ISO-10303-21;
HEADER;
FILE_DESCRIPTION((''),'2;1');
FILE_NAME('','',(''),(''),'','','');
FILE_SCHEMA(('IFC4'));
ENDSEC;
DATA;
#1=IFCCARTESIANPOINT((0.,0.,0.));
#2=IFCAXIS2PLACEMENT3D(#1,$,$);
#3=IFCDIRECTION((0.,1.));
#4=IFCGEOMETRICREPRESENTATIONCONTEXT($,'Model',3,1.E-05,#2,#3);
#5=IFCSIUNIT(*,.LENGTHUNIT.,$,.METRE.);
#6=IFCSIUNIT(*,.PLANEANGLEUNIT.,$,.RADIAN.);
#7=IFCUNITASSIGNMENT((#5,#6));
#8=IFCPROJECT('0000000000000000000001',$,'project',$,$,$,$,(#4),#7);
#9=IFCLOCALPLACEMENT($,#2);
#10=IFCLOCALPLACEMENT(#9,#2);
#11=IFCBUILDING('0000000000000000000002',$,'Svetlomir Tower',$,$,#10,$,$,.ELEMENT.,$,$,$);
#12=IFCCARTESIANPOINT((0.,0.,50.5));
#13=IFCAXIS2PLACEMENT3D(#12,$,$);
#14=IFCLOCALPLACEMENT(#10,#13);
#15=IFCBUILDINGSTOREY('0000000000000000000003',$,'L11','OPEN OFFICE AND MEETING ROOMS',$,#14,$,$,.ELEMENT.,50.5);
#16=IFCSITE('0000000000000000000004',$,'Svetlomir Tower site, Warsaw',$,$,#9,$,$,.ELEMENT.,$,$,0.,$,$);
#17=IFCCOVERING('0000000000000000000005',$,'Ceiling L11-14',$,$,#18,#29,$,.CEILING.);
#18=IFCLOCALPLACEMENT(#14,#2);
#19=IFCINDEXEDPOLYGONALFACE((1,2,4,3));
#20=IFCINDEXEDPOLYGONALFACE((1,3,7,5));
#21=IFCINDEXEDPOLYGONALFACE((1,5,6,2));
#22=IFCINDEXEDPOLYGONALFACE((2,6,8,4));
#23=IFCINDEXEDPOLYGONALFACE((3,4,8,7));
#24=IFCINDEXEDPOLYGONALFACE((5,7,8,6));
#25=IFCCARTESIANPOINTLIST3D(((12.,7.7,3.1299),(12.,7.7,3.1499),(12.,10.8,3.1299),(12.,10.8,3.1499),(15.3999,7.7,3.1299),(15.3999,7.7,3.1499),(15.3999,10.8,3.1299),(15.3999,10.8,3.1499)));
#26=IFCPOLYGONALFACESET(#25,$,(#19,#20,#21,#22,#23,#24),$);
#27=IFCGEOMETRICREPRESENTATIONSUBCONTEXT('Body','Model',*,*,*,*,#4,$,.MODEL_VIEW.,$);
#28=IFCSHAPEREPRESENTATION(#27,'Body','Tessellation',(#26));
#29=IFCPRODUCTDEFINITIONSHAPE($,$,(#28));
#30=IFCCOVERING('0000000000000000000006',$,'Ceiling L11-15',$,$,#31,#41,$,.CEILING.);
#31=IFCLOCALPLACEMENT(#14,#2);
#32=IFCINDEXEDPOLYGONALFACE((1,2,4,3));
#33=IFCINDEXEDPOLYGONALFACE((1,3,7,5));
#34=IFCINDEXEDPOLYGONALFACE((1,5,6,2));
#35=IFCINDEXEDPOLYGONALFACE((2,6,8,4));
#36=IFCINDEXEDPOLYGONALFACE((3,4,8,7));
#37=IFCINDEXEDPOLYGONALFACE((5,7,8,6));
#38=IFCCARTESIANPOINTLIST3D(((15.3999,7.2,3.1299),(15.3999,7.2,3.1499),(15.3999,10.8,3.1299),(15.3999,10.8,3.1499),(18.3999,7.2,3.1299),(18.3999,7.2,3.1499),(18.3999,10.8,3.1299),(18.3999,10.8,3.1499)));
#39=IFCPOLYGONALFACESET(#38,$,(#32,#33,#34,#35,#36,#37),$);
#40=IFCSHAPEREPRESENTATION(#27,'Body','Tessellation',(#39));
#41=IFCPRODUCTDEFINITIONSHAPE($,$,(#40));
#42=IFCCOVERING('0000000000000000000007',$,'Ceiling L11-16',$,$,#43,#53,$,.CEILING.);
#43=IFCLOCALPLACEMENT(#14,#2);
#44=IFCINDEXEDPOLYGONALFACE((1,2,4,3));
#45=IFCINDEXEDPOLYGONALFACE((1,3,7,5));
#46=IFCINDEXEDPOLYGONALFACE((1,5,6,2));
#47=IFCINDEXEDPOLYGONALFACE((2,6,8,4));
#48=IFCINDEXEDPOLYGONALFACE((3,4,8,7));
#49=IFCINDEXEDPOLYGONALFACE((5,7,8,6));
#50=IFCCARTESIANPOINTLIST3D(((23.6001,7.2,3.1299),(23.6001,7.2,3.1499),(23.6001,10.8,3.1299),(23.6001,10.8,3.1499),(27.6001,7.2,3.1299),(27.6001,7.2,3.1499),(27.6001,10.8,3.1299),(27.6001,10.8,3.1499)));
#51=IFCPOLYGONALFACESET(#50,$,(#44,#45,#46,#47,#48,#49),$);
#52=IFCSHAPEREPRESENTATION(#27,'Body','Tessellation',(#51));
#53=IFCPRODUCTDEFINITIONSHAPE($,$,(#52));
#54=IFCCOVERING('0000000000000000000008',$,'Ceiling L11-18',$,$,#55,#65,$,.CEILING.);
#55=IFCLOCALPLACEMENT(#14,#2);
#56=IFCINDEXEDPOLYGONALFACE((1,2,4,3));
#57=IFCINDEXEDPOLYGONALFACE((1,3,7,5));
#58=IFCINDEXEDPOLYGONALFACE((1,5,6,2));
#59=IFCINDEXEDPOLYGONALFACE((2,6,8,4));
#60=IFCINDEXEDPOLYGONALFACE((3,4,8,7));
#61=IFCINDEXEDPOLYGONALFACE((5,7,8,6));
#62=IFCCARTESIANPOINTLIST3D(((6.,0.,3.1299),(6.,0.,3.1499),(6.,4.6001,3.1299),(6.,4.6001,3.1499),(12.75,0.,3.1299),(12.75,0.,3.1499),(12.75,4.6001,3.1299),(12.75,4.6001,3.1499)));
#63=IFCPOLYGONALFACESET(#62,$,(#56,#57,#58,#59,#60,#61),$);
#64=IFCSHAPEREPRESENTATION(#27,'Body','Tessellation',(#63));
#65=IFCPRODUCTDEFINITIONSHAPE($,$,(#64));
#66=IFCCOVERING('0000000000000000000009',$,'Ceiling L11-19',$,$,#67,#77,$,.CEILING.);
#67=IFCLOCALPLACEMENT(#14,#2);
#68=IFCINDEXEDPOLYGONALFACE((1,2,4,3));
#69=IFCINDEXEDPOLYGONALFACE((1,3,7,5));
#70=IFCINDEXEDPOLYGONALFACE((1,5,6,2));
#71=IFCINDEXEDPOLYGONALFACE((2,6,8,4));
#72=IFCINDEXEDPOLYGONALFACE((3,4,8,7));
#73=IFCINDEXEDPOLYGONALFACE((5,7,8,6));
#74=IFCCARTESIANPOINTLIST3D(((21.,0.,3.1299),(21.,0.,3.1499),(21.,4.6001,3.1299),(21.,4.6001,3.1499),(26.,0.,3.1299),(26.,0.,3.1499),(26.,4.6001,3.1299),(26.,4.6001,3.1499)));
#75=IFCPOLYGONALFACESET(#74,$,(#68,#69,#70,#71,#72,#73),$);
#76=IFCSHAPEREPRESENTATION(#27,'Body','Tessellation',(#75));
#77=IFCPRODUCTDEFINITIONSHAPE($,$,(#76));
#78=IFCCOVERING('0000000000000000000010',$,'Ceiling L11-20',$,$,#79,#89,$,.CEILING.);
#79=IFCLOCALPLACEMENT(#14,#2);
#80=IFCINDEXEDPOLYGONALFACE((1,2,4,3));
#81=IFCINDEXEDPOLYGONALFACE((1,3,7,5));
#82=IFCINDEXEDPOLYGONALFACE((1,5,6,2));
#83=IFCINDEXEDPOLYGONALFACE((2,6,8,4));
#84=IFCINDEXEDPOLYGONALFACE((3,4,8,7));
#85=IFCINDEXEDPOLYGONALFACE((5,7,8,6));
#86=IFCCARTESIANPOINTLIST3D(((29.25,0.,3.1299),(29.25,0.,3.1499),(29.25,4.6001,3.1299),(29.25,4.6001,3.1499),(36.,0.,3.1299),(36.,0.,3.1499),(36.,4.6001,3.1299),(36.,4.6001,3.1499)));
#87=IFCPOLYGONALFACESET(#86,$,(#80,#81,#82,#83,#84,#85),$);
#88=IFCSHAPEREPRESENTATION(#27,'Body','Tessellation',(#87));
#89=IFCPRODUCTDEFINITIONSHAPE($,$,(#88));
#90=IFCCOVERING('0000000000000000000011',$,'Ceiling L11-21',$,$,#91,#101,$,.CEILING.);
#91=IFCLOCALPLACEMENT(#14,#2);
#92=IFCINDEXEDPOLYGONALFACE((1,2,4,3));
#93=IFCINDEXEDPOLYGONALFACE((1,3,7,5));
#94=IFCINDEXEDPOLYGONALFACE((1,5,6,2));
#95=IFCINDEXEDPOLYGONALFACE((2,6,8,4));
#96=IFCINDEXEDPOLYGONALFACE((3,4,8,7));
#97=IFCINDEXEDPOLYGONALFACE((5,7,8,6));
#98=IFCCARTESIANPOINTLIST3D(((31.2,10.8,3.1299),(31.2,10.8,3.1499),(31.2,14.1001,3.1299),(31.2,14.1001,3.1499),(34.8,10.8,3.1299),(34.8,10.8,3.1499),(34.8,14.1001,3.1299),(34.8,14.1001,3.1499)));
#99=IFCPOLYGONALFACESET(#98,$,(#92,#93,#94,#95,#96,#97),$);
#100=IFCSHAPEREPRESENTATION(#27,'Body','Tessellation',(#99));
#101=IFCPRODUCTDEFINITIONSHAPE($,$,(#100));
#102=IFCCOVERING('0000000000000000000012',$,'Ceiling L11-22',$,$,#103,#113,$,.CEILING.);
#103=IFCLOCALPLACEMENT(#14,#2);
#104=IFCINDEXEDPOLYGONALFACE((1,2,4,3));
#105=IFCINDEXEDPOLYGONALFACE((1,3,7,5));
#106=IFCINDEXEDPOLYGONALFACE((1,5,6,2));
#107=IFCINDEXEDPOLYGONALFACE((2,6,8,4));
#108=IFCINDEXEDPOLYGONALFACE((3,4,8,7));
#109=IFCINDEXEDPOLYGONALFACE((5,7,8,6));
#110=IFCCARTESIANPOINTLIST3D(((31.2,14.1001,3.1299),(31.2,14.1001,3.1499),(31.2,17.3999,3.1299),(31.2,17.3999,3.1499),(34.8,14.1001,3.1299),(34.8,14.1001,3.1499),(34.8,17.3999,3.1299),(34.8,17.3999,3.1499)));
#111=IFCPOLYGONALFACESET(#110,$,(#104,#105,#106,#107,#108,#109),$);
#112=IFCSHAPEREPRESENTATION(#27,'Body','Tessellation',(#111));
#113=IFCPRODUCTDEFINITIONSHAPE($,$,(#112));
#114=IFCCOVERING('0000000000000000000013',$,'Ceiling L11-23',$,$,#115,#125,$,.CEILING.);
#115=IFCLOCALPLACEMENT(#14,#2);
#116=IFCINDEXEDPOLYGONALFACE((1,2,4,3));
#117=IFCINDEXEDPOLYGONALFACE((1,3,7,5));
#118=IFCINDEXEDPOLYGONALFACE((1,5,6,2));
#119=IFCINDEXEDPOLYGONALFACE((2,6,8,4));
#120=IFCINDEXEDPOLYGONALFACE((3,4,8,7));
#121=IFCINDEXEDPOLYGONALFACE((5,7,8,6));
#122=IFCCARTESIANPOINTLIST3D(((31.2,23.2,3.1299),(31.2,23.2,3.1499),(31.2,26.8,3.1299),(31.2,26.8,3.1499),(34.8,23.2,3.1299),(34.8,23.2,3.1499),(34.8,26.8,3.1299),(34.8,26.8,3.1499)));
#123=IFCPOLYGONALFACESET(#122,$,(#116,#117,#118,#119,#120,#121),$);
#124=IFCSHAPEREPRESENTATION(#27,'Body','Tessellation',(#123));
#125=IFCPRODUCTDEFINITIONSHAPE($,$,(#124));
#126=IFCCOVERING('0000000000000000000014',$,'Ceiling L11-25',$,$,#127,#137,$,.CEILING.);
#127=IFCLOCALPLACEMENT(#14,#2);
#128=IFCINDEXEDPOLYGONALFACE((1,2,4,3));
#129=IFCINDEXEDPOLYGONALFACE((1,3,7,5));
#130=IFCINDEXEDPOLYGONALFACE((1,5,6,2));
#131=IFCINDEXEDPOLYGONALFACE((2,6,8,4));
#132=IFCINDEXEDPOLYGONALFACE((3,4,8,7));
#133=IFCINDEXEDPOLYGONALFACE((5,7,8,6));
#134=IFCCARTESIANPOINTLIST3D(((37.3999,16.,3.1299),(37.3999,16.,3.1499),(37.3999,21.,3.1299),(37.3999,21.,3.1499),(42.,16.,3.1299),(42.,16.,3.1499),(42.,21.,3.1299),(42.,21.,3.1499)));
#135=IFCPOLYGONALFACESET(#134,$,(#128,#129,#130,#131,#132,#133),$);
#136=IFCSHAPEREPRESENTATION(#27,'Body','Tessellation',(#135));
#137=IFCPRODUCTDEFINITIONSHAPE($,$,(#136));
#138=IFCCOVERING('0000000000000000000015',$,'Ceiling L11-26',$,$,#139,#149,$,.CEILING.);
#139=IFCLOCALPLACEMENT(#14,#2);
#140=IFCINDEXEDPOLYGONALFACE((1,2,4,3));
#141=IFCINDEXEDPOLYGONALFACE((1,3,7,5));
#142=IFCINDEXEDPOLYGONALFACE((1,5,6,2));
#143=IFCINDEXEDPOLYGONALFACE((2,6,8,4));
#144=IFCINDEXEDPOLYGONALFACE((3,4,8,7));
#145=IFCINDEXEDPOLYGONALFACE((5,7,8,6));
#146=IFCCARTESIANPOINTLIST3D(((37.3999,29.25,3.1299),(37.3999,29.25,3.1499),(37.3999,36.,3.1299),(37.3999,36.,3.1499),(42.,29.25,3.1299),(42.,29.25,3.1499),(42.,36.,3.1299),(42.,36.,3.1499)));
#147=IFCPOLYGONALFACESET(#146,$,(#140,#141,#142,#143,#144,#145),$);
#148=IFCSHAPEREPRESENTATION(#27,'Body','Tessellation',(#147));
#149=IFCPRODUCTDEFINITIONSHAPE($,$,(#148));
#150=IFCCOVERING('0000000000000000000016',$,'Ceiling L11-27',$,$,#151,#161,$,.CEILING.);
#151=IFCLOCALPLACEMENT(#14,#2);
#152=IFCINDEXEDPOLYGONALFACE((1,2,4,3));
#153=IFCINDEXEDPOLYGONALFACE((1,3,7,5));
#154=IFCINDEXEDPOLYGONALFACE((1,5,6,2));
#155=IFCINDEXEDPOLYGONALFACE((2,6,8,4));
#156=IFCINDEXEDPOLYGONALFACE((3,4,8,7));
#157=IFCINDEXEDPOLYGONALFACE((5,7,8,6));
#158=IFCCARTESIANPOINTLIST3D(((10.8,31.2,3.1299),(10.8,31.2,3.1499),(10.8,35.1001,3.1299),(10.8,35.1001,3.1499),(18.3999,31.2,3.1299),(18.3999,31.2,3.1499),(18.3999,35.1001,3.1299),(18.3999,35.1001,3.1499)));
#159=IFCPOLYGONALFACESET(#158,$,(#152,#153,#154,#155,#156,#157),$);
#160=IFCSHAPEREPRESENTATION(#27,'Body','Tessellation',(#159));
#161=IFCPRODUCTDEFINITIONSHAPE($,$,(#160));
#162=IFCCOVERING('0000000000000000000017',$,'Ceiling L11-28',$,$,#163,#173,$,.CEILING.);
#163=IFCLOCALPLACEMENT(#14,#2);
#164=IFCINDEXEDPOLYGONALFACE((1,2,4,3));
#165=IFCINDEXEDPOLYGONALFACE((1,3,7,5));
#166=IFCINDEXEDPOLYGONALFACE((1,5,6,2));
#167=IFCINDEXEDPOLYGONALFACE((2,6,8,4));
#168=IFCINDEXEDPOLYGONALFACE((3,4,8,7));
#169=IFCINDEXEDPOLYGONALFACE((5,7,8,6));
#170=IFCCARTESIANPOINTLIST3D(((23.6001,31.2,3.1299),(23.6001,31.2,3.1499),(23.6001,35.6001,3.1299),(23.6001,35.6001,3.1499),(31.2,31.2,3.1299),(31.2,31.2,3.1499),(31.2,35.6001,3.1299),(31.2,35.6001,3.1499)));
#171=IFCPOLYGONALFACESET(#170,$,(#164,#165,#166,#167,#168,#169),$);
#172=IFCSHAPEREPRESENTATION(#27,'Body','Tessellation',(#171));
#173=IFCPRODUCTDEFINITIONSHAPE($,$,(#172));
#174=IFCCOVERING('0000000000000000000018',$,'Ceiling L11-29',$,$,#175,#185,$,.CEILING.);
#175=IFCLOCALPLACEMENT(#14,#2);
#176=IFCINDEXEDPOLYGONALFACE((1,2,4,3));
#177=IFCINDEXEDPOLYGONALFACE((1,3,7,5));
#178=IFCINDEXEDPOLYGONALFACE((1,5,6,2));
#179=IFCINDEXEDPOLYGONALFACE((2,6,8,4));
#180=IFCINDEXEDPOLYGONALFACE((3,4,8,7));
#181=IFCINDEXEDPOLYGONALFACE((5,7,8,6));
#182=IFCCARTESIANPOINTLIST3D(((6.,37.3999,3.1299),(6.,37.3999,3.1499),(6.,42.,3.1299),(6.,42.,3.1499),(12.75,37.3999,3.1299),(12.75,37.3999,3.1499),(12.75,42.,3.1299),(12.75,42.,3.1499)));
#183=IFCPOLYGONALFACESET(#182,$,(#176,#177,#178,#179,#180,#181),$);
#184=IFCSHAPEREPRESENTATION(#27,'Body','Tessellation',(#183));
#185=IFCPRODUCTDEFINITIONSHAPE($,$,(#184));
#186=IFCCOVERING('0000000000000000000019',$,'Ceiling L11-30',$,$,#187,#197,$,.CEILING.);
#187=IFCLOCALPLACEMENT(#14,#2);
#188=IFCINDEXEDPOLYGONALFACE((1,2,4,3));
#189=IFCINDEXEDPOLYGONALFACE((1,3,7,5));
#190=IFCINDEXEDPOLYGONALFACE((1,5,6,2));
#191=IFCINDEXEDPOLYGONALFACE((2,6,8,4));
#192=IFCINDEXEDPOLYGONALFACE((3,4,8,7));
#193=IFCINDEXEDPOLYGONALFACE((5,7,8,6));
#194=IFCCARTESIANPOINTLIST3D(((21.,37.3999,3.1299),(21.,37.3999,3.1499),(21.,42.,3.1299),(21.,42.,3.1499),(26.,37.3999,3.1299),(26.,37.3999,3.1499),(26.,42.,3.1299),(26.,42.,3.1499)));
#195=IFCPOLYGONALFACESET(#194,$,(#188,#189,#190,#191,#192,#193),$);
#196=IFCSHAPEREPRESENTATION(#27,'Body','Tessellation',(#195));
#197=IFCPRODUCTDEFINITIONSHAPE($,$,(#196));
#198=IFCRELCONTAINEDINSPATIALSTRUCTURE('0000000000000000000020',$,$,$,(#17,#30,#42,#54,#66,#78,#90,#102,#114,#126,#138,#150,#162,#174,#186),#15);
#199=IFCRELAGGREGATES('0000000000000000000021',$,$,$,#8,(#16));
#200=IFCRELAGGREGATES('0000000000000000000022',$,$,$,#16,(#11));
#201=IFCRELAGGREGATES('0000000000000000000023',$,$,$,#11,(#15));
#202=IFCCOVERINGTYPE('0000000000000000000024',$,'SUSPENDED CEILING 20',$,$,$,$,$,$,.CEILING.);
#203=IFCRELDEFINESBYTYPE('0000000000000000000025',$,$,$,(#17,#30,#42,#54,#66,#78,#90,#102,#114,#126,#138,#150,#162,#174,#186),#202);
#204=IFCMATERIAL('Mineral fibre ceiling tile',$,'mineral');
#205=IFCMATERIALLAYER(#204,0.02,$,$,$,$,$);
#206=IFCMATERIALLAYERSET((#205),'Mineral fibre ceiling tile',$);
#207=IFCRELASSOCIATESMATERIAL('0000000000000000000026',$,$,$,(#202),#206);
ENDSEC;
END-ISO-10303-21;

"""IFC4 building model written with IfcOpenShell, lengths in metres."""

from ifc_helpers import new_model, si_unit, direction, frame, origin, place, context, subcontext, project, spatial, polyline, outline, extrude, material, layer, layer_set, type_object, element, save


model = new_model("IFC4")

# Units and contexts
model_context = context("Model", 3, precision=1e-05, world=origin(), true_north=direction((0.0, 1.0)))
body_context = subcontext(model_context, "Body", "Model", "MODEL_VIEW")
ifc_project = project(units=[si_unit("LENGTHUNIT", "METRE"), si_unit("PLANEANGLEUNIT", "RADIAN")], contexts=[model_context])

# Site, building, storey
site_placement = place(None, origin())
site = spatial("IfcSite", under=ifc_project, at=site_placement, Name="Svetlomir Tower site, Warsaw", CompositionType="ELEMENT", RefElevation=0.0)
building_placement = place(site_placement, origin())
building = spatial("IfcBuilding", under=site, at=building_placement, Name="Svetlomir Tower", CompositionType="ELEMENT")
storey_placement = place(building_placement, frame((0.0, 0.0, 50.5)))
storey = spatial("IfcBuildingStorey", under=building, at=storey_placement, Name="L11", Description="OPEN OFFICE AND MEETING ROOMS", CompositionType="ELEMENT", Elevation=50.5)

# Coverings
ifc_material_1 = material(Name="Mineral fibre ceiling tile", Category="mineral")
ifc_layer_1 = layer(ifc_material_1, 0.02)
ifc_layer_set_1 = layer_set([ifc_layer_1], Name="Mineral fibre ceiling tile")
covering_type_1 = type_object("IfcCoveringType", Name="SUSPENDED CEILING 20", PredefinedType="CEILING", material=ifc_layer_set_1)
covering_1_placement = place(storey_placement, frame((0.0, 0.0, 3.1299)))
element("IfcCovering", 1, at=covering_1_placement, inside=storey, type_object=covering_type_1, Name="Ceiling L11-14", PredefinedType="CEILING", context=body_context, shape_type="SweptSolid", body=[
    extrude(outline(polyline([(12.0, 7.7), (15.3999, 7.7), (15.3999, 10.8), (12.0, 10.8), (12.0, 7.7)])), origin(), (0.0, 0.0, 1.0), 0.02),
])
covering_2_placement = place(storey_placement, frame((0.0, 0.0, 3.1299)))
element("IfcCovering", 2, at=covering_2_placement, inside=storey, type_object=covering_type_1, Name="Ceiling L11-15", PredefinedType="CEILING", context=body_context, shape_type="SweptSolid", body=[
    extrude(outline(polyline([(15.3999, 7.2), (18.3999, 7.2), (18.3999, 10.8), (15.3999, 10.8), (15.3999, 7.2)])), origin(), (0.0, 0.0, 1.0), 0.02),
])
covering_3_placement = place(storey_placement, frame((0.0, 0.0, 3.1299)))
element("IfcCovering", 3, at=covering_3_placement, inside=storey, type_object=covering_type_1, Name="Ceiling L11-16", PredefinedType="CEILING", context=body_context, shape_type="SweptSolid", body=[
    extrude(outline(polyline([(23.6001, 7.2), (27.6001, 7.2), (27.6001, 10.8), (23.6001, 10.8), (23.6001, 7.2)])), origin(), (0.0, 0.0, 1.0), 0.02),
])
covering_4_placement = place(storey_placement, frame((0.0, 0.0, 3.1299)))
element("IfcCovering", 4, at=covering_4_placement, inside=storey, type_object=covering_type_1, Name="Ceiling L11-18", PredefinedType="CEILING", context=body_context, shape_type="SweptSolid", body=[
    extrude(outline(polyline([(6.0, 0.0), (12.75, 0.0), (12.75, 4.6001), (6.0, 4.6001), (6.0, 0.0)])), origin(), (0.0, 0.0, 1.0), 0.02),
])
covering_5_placement = place(storey_placement, frame((0.0, 0.0, 3.1299)))
element("IfcCovering", 5, at=covering_5_placement, inside=storey, type_object=covering_type_1, Name="Ceiling L11-19", PredefinedType="CEILING", context=body_context, shape_type="SweptSolid", body=[
    extrude(outline(polyline([(21.0, 0.0), (26.0, 0.0), (26.0, 4.6001), (21.0, 4.6001), (21.0, 0.0)])), origin(), (0.0, 0.0, 1.0), 0.02),
])
covering_6_placement = place(storey_placement, frame((0.0, 0.0, 3.1299)))
element("IfcCovering", 6, at=covering_6_placement, inside=storey, type_object=covering_type_1, Name="Ceiling L11-20", PredefinedType="CEILING", context=body_context, shape_type="SweptSolid", body=[
    extrude(outline(polyline([(29.25, 0.0), (36.0, 0.0), (36.0, 4.6001), (29.25, 4.6001), (29.25, 0.0)])), origin(), (0.0, 0.0, 1.0), 0.02),
])
covering_7_placement = place(storey_placement, frame((0.0, 0.0, 3.1299)))
element("IfcCovering", 7, at=covering_7_placement, inside=storey, type_object=covering_type_1, Name="Ceiling L11-21", PredefinedType="CEILING", context=body_context, shape_type="SweptSolid", body=[
    extrude(outline(polyline([(31.2, 10.8), (34.8, 10.8), (34.8, 14.1001), (31.2, 14.1001), (31.2, 10.8)])), origin(), (0.0, 0.0, 1.0), 0.02),
])
covering_8_placement = place(storey_placement, frame((0.0, 0.0, 3.1299)))
element("IfcCovering", 8, at=covering_8_placement, inside=storey, type_object=covering_type_1, Name="Ceiling L11-22", PredefinedType="CEILING", context=body_context, shape_type="SweptSolid", body=[
    extrude(outline(polyline([(31.2, 14.1001), (34.8, 14.1001), (34.8, 17.3999), (31.2, 17.3999), (31.2, 14.1001)])), origin(), (0.0, 0.0, 1.0), 0.02),
])
covering_9_placement = place(storey_placement, frame((0.0, 0.0, 3.1299)))
element("IfcCovering", 9, at=covering_9_placement, inside=storey, type_object=covering_type_1, Name="Ceiling L11-23", PredefinedType="CEILING", context=body_context, shape_type="SweptSolid", body=[
    extrude(outline(polyline([(31.2, 23.2), (34.8, 23.2), (34.8, 26.8), (31.2, 26.8), (31.2, 23.2)])), origin(), (0.0, 0.0, 1.0), 0.02),
])
covering_10_placement = place(storey_placement, frame((0.0, 0.0, 3.1299)))
element("IfcCovering", 10, at=covering_10_placement, inside=storey, type_object=covering_type_1, Name="Ceiling L11-25", PredefinedType="CEILING", context=body_context, shape_type="SweptSolid", body=[
    extrude(outline(polyline([(37.3999, 16.0), (42.0, 16.0), (42.0, 21.0), (37.3999, 21.0), (37.3999, 16.0)])), origin(), (0.0, 0.0, 1.0), 0.02),
])
covering_11_placement = place(storey_placement, frame((0.0, 0.0, 3.1299)))
element("IfcCovering", 11, at=covering_11_placement, inside=storey, type_object=covering_type_1, Name="Ceiling L11-26", PredefinedType="CEILING", context=body_context, shape_type="SweptSolid", body=[
    extrude(outline(polyline([(37.3999, 29.25), (42.0, 29.25), (42.0, 36.0), (37.3999, 36.0), (37.3999, 29.25)])), origin(), (0.0, 0.0, 1.0), 0.02),
])
covering_12_placement = place(storey_placement, frame((0.0, 0.0, 3.1299)))
element("IfcCovering", 12, at=covering_12_placement, inside=storey, type_object=covering_type_1, Name="Ceiling L11-27", PredefinedType="CEILING", context=body_context, shape_type="SweptSolid", body=[
    extrude(outline(polyline([(10.8, 31.2), (18.3999, 31.2), (18.3999, 35.1001), (10.8, 35.1001), (10.8, 31.2)])), origin(), (0.0, 0.0, 1.0), 0.02),
])
covering_13_placement = place(storey_placement, frame((0.0, 0.0, 3.1299)))
element("IfcCovering", 13, at=covering_13_placement, inside=storey, type_object=covering_type_1, Name="Ceiling L11-28", PredefinedType="CEILING", context=body_context, shape_type="SweptSolid", body=[
    extrude(outline(polyline([(23.6001, 31.2), (31.2, 31.2), (31.2, 35.6001), (23.6001, 35.6001), (23.6001, 31.2)])), origin(), (0.0, 0.0, 1.0), 0.02),
])
covering_14_placement = place(storey_placement, frame((0.0, 0.0, 3.1299)))
element("IfcCovering", 14, at=covering_14_placement, inside=storey, type_object=covering_type_1, Name="Ceiling L11-29", PredefinedType="CEILING", context=body_context, shape_type="SweptSolid", body=[
    extrude(outline(polyline([(6.0, 37.3999), (12.75, 37.3999), (12.75, 42.0), (6.0, 42.0), (6.0, 37.3999)])), origin(), (0.0, 0.0, 1.0), 0.02),
])
covering_15_placement = place(storey_placement, frame((0.0, 0.0, 3.1299)))
element("IfcCovering", 15, at=covering_15_placement, inside=storey, type_object=covering_type_1, Name="Ceiling L11-30", PredefinedType="CEILING", context=body_context, shape_type="SweptSolid", body=[
    extrude(outline(polyline([(21.0, 37.3999), (26.0, 37.3999), (26.0, 42.0), (21.0, 42.0), (21.0, 37.3999)])), origin(), (0.0, 0.0, 1.0), 0.02),
])

save(model, "model.ifc")
